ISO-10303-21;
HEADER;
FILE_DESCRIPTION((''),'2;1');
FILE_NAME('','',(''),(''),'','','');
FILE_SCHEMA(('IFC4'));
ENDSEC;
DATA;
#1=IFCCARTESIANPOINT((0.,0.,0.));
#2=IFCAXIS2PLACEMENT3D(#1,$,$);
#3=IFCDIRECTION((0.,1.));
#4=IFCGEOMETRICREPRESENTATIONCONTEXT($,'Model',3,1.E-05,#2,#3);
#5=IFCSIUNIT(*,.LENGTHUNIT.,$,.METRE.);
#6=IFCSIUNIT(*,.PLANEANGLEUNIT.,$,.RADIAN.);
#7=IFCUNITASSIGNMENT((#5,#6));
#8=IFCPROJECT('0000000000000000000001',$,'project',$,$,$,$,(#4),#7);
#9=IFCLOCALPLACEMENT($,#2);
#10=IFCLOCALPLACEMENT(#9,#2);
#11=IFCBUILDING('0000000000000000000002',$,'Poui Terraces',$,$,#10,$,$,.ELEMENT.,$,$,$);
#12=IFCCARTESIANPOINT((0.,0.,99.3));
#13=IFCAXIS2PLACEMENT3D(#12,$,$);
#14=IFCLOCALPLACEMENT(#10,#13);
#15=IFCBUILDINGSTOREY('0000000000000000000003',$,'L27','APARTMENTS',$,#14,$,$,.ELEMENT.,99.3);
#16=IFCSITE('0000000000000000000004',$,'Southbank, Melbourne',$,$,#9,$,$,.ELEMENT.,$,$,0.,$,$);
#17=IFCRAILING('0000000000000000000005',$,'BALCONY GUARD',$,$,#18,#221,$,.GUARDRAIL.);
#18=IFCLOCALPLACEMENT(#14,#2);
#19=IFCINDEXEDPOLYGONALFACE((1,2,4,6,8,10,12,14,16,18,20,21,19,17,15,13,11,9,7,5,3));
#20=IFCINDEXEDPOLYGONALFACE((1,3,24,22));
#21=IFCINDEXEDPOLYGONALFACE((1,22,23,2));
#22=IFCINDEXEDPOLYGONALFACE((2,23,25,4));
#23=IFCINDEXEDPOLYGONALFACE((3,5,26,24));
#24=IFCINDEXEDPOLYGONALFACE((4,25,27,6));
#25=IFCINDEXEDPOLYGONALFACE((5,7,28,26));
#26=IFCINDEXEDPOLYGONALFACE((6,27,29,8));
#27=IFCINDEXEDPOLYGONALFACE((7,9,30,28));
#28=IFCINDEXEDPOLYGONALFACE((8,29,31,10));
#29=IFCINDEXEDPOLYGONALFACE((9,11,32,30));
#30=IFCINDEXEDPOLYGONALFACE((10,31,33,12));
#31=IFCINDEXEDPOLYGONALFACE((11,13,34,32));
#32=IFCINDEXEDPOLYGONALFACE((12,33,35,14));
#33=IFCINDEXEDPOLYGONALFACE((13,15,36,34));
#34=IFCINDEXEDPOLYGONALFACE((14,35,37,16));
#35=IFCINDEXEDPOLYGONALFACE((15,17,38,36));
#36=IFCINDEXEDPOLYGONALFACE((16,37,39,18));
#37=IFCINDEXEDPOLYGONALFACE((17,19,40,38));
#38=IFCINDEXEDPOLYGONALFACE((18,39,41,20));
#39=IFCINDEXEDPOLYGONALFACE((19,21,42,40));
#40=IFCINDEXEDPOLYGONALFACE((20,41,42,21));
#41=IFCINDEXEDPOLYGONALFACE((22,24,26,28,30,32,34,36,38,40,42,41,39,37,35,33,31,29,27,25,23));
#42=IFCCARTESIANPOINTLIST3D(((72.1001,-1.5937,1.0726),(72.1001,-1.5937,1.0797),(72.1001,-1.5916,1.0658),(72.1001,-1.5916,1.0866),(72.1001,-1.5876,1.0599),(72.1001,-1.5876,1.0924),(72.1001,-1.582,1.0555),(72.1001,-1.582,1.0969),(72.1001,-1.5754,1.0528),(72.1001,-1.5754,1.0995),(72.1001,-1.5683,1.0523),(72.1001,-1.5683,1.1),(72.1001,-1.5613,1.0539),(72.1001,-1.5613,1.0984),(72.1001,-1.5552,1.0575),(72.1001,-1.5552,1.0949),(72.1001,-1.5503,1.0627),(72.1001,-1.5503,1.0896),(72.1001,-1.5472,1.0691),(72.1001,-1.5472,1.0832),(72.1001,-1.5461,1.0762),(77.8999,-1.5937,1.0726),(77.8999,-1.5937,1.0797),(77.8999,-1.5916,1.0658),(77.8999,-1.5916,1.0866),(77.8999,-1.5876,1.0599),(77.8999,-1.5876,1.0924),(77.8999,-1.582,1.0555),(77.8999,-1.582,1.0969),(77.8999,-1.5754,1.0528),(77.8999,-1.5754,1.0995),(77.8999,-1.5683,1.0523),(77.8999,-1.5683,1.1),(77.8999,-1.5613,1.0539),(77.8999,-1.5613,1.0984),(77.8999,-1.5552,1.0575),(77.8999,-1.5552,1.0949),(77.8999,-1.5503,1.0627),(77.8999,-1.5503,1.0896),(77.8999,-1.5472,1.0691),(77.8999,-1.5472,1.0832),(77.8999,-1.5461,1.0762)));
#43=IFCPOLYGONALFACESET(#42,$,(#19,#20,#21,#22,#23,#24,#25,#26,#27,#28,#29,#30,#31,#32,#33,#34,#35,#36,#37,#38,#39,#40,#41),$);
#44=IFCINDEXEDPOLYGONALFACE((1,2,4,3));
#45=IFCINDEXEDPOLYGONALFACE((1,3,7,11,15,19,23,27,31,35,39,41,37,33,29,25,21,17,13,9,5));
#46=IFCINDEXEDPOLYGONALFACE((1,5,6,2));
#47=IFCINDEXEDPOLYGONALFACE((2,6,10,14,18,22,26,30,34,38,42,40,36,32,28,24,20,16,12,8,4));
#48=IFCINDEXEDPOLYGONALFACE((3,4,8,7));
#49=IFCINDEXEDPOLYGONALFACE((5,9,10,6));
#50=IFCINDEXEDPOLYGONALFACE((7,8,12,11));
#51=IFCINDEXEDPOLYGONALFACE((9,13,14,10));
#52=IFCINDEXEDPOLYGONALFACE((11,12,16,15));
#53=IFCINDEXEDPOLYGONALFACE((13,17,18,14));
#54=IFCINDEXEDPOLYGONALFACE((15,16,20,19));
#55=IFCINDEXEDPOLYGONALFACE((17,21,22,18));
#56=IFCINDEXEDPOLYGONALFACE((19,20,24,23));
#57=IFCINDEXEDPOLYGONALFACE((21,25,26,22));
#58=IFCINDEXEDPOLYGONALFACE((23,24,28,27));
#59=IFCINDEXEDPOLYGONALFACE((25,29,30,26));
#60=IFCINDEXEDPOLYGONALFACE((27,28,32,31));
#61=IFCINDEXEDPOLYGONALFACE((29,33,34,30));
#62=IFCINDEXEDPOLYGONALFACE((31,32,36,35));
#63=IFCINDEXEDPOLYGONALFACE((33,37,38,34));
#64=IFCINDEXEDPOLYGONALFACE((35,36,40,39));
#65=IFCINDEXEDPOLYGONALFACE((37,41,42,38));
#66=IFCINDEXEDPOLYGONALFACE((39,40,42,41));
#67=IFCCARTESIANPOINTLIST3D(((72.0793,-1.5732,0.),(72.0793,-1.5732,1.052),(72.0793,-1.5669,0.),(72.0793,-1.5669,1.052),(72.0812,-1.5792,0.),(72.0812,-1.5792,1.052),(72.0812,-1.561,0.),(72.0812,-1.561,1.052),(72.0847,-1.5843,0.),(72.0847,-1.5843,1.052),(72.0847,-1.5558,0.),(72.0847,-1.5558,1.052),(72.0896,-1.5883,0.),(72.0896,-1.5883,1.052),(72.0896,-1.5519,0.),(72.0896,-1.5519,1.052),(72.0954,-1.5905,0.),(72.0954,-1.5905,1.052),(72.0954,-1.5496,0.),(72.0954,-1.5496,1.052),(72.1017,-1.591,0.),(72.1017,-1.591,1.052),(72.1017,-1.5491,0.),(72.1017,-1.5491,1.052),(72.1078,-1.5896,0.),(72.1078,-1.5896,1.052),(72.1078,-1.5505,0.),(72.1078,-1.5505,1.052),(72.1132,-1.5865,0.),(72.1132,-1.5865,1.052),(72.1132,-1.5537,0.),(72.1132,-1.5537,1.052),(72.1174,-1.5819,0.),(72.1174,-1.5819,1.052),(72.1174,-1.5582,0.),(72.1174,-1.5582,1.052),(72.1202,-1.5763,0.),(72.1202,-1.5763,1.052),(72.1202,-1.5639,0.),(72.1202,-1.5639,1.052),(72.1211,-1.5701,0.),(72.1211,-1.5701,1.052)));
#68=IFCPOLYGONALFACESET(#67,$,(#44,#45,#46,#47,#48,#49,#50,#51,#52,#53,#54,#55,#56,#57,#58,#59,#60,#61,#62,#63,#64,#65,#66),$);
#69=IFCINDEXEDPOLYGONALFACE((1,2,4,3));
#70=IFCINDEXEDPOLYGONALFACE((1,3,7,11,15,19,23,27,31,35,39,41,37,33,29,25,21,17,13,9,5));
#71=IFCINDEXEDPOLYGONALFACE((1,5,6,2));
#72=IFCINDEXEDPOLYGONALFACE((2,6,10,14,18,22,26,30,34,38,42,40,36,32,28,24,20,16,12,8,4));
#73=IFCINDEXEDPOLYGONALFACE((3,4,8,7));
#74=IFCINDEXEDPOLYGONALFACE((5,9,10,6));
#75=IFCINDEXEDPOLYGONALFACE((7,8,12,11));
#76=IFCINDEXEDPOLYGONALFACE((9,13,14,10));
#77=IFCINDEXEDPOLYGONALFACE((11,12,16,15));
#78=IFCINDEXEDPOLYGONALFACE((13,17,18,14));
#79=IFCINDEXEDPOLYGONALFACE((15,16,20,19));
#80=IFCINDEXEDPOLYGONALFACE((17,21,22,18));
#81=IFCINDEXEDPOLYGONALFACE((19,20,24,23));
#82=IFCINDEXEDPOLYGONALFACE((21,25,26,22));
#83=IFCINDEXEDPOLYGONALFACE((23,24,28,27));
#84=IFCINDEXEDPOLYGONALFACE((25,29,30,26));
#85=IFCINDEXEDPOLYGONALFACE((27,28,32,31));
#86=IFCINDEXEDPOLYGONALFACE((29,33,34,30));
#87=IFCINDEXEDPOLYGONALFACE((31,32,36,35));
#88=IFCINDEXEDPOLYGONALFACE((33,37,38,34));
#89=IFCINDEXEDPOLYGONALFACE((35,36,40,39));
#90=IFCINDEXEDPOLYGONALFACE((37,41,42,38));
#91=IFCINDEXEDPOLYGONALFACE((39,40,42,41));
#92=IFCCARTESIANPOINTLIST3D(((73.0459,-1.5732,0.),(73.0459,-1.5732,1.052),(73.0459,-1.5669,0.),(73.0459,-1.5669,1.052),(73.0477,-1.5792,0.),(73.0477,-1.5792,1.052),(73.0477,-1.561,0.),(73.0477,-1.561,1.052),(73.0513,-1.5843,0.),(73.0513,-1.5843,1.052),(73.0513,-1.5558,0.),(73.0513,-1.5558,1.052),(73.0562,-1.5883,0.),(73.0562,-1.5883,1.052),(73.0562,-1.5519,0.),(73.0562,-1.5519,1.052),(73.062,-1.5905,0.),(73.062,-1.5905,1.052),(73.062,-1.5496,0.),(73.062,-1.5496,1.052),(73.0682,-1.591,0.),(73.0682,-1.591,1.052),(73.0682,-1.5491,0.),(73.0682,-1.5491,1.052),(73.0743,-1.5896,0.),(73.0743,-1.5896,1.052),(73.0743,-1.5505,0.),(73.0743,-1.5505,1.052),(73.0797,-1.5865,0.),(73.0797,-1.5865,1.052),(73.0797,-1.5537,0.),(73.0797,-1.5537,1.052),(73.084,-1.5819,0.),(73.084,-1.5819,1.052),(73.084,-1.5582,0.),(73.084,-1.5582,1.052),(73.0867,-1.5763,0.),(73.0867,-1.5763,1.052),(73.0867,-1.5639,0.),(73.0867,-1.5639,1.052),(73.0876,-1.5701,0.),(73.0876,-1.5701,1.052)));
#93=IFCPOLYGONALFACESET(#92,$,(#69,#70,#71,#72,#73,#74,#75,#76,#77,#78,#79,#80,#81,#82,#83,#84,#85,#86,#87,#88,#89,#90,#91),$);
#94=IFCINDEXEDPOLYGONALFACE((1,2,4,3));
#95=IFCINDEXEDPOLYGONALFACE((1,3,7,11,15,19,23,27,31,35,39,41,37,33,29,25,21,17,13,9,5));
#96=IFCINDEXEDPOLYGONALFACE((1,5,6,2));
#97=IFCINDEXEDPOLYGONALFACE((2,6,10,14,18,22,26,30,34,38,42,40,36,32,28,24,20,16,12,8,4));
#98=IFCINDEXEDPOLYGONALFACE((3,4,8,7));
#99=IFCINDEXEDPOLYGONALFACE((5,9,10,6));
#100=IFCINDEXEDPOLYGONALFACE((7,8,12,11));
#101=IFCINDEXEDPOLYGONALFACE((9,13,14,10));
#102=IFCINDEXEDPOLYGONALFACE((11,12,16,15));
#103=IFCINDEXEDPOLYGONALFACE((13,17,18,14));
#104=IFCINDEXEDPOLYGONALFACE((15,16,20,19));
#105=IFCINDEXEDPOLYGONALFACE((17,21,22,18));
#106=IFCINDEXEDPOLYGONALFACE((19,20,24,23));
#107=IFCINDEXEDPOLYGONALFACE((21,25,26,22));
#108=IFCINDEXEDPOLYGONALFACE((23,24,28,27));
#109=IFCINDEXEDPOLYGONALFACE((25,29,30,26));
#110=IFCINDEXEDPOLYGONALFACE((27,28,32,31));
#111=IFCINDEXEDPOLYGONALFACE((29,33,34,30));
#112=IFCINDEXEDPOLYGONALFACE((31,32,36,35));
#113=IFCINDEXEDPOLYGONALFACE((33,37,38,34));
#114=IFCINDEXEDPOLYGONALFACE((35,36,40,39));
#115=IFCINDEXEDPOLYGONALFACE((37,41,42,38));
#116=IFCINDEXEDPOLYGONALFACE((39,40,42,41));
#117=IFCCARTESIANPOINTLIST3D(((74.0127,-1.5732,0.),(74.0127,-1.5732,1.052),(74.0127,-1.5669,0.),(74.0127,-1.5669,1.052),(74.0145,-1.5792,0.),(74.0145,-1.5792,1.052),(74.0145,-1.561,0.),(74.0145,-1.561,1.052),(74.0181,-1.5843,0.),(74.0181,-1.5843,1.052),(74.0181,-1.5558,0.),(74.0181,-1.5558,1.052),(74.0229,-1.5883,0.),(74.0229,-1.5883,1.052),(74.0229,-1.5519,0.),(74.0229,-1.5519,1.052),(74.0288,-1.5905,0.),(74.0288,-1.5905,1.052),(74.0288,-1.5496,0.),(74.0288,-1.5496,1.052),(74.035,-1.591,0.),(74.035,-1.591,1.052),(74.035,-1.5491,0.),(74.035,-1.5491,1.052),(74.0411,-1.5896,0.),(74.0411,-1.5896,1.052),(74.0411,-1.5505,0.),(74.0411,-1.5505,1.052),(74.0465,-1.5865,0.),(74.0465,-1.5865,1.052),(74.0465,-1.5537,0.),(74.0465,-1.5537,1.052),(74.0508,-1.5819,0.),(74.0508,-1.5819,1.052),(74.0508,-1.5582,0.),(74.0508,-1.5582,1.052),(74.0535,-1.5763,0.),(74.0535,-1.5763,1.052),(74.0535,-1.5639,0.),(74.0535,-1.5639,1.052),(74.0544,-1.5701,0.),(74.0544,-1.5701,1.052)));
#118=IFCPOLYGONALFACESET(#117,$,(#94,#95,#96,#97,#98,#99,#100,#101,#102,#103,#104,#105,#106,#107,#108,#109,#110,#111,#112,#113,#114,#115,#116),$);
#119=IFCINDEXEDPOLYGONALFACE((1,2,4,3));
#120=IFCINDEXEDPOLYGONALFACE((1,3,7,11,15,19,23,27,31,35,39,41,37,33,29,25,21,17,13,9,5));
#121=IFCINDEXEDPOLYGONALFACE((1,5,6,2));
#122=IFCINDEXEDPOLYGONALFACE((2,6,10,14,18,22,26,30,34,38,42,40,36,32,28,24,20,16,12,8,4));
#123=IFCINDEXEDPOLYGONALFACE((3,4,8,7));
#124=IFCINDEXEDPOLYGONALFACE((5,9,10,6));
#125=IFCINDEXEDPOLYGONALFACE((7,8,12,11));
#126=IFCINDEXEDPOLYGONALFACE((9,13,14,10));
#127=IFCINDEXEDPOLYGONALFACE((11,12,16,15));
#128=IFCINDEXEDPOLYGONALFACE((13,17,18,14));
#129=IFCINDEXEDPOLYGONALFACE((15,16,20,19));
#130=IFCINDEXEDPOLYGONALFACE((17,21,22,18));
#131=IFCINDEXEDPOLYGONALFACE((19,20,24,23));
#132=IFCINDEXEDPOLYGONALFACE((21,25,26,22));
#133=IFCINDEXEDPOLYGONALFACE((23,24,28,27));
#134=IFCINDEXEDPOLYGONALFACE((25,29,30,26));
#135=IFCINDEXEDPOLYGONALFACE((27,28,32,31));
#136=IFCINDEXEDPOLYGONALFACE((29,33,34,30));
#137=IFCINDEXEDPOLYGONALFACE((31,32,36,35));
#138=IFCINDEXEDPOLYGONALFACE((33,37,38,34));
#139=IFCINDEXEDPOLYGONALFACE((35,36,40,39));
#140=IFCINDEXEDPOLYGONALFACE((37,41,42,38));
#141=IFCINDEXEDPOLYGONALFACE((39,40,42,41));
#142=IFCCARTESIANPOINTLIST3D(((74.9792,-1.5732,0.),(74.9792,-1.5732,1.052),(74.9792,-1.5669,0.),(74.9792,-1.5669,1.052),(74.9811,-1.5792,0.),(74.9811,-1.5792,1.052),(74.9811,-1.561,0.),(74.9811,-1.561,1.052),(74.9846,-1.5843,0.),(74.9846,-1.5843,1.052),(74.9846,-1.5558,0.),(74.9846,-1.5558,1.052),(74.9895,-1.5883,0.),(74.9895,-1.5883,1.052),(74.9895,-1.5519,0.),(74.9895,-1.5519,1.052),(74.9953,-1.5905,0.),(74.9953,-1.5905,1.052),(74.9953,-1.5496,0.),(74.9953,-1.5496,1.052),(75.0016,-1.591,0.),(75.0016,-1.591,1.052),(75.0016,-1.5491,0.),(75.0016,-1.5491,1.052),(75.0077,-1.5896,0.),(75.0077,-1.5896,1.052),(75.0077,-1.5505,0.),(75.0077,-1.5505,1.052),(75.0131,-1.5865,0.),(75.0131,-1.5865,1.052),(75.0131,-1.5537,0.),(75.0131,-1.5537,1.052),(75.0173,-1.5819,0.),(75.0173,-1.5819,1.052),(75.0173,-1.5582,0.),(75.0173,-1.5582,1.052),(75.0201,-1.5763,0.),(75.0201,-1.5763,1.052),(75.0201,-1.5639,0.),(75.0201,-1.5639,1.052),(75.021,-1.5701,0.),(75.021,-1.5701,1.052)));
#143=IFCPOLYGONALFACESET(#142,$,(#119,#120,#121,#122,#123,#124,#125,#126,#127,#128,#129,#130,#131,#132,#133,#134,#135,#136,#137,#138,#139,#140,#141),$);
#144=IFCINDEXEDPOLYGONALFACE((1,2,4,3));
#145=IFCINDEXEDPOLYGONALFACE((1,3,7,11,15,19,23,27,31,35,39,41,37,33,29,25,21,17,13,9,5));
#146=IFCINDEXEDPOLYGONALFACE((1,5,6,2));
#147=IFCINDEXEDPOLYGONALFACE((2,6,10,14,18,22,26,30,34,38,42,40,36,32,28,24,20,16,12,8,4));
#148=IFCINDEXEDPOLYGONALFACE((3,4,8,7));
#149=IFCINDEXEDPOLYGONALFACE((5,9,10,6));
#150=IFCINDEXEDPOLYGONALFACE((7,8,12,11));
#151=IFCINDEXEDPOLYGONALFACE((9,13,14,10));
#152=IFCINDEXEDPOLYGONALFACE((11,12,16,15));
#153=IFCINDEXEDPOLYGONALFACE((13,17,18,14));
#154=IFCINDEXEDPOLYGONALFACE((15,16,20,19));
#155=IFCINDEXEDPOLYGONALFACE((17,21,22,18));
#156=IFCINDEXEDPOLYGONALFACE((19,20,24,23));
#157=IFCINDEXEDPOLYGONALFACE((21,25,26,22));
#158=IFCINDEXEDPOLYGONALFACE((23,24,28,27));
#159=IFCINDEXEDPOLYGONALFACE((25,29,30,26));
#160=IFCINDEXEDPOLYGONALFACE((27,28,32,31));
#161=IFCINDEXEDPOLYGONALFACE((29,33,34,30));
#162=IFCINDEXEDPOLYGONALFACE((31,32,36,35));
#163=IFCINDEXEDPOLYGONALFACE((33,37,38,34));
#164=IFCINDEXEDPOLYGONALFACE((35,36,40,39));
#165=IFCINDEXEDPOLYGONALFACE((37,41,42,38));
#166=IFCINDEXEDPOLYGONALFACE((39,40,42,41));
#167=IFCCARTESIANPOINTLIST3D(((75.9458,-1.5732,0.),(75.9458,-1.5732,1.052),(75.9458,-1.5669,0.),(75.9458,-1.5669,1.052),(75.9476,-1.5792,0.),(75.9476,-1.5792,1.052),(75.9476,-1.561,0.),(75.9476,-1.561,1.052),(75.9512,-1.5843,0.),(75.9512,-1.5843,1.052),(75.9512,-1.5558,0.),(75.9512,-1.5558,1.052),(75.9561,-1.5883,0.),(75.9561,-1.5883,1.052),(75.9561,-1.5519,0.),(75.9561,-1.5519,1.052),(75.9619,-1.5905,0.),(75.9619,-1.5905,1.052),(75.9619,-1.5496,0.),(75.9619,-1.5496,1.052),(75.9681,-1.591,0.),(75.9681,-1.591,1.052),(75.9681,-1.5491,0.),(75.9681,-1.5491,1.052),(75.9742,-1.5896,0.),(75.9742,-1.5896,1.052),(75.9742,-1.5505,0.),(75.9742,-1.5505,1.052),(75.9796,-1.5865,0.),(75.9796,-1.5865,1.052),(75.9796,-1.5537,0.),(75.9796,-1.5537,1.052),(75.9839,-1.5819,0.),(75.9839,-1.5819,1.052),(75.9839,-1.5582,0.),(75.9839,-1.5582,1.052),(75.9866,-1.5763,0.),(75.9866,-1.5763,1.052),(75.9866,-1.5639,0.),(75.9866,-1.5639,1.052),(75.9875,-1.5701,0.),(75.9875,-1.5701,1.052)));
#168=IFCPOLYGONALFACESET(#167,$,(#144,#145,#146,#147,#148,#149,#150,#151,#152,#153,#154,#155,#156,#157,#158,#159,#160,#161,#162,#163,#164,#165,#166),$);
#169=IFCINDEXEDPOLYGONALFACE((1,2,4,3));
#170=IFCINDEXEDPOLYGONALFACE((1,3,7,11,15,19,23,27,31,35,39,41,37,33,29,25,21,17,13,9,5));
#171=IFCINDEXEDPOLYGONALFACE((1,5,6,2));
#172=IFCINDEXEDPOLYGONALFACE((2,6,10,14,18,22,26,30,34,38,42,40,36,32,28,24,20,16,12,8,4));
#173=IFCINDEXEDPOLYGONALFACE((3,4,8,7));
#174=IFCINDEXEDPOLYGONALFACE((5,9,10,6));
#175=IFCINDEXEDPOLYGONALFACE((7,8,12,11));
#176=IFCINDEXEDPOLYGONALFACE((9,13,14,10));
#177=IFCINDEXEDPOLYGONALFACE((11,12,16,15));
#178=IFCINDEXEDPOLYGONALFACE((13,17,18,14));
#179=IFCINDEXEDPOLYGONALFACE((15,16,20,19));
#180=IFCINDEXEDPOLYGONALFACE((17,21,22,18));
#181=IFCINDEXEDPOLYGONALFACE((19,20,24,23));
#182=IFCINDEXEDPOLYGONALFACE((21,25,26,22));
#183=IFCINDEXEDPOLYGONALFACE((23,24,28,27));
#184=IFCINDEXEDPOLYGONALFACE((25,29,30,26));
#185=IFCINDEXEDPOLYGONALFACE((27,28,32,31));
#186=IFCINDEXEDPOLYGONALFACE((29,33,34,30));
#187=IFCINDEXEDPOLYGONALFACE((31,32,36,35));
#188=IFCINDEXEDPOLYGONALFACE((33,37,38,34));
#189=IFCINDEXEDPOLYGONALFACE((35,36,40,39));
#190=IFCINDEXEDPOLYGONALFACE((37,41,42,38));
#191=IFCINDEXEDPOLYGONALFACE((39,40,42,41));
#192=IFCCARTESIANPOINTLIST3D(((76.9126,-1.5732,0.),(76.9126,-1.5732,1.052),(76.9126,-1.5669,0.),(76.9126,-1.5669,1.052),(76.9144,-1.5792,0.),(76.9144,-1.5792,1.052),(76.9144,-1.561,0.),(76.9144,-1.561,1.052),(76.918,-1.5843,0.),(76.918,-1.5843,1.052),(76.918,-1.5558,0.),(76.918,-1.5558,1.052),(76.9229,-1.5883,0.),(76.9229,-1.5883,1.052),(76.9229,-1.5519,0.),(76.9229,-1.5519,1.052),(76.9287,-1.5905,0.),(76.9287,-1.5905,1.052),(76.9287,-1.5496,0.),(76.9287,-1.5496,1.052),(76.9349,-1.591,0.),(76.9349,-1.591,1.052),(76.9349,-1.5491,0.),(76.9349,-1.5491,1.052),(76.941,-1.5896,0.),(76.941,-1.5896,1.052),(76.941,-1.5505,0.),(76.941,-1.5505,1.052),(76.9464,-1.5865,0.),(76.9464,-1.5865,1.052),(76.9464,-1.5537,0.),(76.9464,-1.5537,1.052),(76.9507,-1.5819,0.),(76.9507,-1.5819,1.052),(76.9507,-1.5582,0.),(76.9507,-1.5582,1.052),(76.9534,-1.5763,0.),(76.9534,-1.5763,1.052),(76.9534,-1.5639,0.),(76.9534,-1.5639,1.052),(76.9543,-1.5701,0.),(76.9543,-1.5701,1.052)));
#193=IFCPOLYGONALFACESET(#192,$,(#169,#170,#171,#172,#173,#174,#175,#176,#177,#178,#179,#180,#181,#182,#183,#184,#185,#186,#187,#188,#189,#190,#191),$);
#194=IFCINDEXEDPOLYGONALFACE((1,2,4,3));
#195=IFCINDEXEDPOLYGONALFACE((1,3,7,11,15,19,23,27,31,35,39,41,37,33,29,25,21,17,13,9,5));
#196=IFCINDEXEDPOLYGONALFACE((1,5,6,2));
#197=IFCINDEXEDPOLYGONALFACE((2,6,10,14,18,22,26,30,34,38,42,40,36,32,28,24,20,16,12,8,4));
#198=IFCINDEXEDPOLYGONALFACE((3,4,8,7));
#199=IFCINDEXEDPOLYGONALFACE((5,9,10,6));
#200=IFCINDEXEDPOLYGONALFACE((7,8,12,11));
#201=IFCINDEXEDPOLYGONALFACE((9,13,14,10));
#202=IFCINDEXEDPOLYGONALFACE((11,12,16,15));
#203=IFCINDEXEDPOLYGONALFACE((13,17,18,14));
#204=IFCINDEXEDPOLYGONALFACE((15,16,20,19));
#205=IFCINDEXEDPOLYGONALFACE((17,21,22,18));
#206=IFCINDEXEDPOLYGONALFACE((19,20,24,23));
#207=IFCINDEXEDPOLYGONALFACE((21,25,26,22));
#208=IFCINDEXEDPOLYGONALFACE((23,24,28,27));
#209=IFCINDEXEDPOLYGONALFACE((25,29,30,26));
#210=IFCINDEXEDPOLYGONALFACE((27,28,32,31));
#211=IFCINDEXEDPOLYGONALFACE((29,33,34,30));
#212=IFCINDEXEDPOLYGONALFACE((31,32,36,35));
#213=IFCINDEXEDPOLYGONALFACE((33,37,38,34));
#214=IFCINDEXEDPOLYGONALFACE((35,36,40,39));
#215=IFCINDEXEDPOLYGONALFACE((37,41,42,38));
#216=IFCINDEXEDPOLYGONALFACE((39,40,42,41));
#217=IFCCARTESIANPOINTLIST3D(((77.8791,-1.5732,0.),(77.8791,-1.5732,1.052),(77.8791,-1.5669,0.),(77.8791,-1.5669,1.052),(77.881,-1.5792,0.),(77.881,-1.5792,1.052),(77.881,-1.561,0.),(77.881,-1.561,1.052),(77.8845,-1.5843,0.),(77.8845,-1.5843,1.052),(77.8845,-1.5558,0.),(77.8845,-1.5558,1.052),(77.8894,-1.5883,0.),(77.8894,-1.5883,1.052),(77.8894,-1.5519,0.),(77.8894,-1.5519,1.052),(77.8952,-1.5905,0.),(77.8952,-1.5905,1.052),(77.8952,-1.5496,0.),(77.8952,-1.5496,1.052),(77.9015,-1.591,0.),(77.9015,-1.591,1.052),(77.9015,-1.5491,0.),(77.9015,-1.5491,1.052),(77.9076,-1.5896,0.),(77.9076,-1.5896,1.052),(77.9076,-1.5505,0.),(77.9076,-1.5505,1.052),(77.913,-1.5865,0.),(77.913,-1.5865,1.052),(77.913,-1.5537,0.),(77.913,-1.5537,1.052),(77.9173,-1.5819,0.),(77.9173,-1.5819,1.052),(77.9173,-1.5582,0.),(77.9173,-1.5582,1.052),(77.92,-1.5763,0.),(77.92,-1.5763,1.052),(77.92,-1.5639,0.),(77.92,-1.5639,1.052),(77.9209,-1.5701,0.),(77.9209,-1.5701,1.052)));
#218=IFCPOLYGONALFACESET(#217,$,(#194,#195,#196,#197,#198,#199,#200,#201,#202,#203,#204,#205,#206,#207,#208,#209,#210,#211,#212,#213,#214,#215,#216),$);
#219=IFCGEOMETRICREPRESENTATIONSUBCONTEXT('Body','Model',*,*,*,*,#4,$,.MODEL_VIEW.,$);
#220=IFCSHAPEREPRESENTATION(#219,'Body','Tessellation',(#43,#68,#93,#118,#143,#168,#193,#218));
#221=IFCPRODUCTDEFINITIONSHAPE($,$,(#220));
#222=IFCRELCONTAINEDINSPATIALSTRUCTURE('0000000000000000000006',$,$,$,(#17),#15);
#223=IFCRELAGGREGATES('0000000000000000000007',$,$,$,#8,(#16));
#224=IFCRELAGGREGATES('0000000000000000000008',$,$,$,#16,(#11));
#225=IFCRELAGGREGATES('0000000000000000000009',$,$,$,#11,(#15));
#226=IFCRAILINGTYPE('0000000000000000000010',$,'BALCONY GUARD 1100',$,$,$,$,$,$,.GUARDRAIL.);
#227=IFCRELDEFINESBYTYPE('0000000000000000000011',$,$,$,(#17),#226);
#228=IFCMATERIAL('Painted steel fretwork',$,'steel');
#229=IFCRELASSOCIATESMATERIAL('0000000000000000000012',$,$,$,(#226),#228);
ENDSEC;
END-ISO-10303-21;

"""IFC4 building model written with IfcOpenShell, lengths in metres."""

from ifc_helpers import new_model, si_unit, direction, frame, origin, origin_2d, place, context, subcontext, project, spatial, circle, extrude, material, type_object, element, save


model = new_model("IFC4")

# Units and contexts
model_context = context("Model", 3, precision=1e-05, world=origin(), true_north=direction((0.0, 1.0)))
body_context = subcontext(model_context, "Body", "Model", "MODEL_VIEW")
ifc_project = project(units=[si_unit("LENGTHUNIT", "METRE"), si_unit("PLANEANGLEUNIT", "RADIAN")], contexts=[model_context])

# Site, building, storey
site_placement = place(None, origin())
site = spatial("IfcSite", under=ifc_project, at=site_placement, Name="Southbank, Melbourne", CompositionType="ELEMENT", RefElevation=0.0)
building_placement = place(site_placement, origin())
building = spatial("IfcBuilding", under=site, at=building_placement, Name="Poui Terraces", CompositionType="ELEMENT")
storey_placement = place(building_placement, frame((0.0, 0.0, 99.3)))
storey = spatial("IfcBuildingStorey", under=building, at=storey_placement, Name="L27", Description="APARTMENTS", CompositionType="ELEMENT", Elevation=99.3)

# Railing
ifc_material_1 = material(Name="Painted steel fretwork", Category="steel")
railing_type_1 = type_object("IfcRailingType", Name="BALCONY GUARD 1100", PredefinedType="GUARDRAIL", material=ifc_material_1)
railing_1_placement = place(storey_placement, frame((72.1001, -1.5701, 0.0)))
element("IfcRailing", 1, at=railing_1_placement, inside=storey, type_object=railing_type_1, Name="BALCONY GUARD", PredefinedType="GUARDRAIL", context=body_context, shape_type="SweptSolid", body=[
    extrude(circle(Radius=0.0239, at=origin_2d()), frame((0.0, 0.0, 1.0762), z_axis=(1.0, 0.0, 0.0), x_axis=(0.0, 1.0, 0.0)), (0.0, 0.0, 1.0), 5.7998),
    extrude(circle(Radius=0.021, at=origin_2d()), origin(), (0.0, 0.0, 1.0), 1.052),
    extrude(circle(Radius=0.021, at=origin_2d()), frame((0.9666, 0.0, 0.0)), (0.0, 0.0, 1.0), 1.052),
    extrude(circle(Radius=0.021, at=origin_2d()), frame((1.9333, 0.0, 0.0)), (0.0, 0.0, 1.0), 1.052),
    extrude(circle(Radius=0.021, at=origin_2d()), frame((2.8999, 0.0, 0.0)), (0.0, 0.0, 1.0), 1.052),
    extrude(circle(Radius=0.021, at=origin_2d()), frame((3.8665, 0.0, 0.0)), (0.0, 0.0, 1.0), 1.052),
    extrude(circle(Radius=0.021, at=origin_2d()), frame((4.8333, 0.0, 0.0)), (0.0, 0.0, 1.0), 1.052),
    extrude(circle(Radius=0.021, at=origin_2d()), frame((5.7998, 0.0, 0.0)), (0.0, 0.0, 1.0), 1.052),
])

save(model, "model.ifc")
